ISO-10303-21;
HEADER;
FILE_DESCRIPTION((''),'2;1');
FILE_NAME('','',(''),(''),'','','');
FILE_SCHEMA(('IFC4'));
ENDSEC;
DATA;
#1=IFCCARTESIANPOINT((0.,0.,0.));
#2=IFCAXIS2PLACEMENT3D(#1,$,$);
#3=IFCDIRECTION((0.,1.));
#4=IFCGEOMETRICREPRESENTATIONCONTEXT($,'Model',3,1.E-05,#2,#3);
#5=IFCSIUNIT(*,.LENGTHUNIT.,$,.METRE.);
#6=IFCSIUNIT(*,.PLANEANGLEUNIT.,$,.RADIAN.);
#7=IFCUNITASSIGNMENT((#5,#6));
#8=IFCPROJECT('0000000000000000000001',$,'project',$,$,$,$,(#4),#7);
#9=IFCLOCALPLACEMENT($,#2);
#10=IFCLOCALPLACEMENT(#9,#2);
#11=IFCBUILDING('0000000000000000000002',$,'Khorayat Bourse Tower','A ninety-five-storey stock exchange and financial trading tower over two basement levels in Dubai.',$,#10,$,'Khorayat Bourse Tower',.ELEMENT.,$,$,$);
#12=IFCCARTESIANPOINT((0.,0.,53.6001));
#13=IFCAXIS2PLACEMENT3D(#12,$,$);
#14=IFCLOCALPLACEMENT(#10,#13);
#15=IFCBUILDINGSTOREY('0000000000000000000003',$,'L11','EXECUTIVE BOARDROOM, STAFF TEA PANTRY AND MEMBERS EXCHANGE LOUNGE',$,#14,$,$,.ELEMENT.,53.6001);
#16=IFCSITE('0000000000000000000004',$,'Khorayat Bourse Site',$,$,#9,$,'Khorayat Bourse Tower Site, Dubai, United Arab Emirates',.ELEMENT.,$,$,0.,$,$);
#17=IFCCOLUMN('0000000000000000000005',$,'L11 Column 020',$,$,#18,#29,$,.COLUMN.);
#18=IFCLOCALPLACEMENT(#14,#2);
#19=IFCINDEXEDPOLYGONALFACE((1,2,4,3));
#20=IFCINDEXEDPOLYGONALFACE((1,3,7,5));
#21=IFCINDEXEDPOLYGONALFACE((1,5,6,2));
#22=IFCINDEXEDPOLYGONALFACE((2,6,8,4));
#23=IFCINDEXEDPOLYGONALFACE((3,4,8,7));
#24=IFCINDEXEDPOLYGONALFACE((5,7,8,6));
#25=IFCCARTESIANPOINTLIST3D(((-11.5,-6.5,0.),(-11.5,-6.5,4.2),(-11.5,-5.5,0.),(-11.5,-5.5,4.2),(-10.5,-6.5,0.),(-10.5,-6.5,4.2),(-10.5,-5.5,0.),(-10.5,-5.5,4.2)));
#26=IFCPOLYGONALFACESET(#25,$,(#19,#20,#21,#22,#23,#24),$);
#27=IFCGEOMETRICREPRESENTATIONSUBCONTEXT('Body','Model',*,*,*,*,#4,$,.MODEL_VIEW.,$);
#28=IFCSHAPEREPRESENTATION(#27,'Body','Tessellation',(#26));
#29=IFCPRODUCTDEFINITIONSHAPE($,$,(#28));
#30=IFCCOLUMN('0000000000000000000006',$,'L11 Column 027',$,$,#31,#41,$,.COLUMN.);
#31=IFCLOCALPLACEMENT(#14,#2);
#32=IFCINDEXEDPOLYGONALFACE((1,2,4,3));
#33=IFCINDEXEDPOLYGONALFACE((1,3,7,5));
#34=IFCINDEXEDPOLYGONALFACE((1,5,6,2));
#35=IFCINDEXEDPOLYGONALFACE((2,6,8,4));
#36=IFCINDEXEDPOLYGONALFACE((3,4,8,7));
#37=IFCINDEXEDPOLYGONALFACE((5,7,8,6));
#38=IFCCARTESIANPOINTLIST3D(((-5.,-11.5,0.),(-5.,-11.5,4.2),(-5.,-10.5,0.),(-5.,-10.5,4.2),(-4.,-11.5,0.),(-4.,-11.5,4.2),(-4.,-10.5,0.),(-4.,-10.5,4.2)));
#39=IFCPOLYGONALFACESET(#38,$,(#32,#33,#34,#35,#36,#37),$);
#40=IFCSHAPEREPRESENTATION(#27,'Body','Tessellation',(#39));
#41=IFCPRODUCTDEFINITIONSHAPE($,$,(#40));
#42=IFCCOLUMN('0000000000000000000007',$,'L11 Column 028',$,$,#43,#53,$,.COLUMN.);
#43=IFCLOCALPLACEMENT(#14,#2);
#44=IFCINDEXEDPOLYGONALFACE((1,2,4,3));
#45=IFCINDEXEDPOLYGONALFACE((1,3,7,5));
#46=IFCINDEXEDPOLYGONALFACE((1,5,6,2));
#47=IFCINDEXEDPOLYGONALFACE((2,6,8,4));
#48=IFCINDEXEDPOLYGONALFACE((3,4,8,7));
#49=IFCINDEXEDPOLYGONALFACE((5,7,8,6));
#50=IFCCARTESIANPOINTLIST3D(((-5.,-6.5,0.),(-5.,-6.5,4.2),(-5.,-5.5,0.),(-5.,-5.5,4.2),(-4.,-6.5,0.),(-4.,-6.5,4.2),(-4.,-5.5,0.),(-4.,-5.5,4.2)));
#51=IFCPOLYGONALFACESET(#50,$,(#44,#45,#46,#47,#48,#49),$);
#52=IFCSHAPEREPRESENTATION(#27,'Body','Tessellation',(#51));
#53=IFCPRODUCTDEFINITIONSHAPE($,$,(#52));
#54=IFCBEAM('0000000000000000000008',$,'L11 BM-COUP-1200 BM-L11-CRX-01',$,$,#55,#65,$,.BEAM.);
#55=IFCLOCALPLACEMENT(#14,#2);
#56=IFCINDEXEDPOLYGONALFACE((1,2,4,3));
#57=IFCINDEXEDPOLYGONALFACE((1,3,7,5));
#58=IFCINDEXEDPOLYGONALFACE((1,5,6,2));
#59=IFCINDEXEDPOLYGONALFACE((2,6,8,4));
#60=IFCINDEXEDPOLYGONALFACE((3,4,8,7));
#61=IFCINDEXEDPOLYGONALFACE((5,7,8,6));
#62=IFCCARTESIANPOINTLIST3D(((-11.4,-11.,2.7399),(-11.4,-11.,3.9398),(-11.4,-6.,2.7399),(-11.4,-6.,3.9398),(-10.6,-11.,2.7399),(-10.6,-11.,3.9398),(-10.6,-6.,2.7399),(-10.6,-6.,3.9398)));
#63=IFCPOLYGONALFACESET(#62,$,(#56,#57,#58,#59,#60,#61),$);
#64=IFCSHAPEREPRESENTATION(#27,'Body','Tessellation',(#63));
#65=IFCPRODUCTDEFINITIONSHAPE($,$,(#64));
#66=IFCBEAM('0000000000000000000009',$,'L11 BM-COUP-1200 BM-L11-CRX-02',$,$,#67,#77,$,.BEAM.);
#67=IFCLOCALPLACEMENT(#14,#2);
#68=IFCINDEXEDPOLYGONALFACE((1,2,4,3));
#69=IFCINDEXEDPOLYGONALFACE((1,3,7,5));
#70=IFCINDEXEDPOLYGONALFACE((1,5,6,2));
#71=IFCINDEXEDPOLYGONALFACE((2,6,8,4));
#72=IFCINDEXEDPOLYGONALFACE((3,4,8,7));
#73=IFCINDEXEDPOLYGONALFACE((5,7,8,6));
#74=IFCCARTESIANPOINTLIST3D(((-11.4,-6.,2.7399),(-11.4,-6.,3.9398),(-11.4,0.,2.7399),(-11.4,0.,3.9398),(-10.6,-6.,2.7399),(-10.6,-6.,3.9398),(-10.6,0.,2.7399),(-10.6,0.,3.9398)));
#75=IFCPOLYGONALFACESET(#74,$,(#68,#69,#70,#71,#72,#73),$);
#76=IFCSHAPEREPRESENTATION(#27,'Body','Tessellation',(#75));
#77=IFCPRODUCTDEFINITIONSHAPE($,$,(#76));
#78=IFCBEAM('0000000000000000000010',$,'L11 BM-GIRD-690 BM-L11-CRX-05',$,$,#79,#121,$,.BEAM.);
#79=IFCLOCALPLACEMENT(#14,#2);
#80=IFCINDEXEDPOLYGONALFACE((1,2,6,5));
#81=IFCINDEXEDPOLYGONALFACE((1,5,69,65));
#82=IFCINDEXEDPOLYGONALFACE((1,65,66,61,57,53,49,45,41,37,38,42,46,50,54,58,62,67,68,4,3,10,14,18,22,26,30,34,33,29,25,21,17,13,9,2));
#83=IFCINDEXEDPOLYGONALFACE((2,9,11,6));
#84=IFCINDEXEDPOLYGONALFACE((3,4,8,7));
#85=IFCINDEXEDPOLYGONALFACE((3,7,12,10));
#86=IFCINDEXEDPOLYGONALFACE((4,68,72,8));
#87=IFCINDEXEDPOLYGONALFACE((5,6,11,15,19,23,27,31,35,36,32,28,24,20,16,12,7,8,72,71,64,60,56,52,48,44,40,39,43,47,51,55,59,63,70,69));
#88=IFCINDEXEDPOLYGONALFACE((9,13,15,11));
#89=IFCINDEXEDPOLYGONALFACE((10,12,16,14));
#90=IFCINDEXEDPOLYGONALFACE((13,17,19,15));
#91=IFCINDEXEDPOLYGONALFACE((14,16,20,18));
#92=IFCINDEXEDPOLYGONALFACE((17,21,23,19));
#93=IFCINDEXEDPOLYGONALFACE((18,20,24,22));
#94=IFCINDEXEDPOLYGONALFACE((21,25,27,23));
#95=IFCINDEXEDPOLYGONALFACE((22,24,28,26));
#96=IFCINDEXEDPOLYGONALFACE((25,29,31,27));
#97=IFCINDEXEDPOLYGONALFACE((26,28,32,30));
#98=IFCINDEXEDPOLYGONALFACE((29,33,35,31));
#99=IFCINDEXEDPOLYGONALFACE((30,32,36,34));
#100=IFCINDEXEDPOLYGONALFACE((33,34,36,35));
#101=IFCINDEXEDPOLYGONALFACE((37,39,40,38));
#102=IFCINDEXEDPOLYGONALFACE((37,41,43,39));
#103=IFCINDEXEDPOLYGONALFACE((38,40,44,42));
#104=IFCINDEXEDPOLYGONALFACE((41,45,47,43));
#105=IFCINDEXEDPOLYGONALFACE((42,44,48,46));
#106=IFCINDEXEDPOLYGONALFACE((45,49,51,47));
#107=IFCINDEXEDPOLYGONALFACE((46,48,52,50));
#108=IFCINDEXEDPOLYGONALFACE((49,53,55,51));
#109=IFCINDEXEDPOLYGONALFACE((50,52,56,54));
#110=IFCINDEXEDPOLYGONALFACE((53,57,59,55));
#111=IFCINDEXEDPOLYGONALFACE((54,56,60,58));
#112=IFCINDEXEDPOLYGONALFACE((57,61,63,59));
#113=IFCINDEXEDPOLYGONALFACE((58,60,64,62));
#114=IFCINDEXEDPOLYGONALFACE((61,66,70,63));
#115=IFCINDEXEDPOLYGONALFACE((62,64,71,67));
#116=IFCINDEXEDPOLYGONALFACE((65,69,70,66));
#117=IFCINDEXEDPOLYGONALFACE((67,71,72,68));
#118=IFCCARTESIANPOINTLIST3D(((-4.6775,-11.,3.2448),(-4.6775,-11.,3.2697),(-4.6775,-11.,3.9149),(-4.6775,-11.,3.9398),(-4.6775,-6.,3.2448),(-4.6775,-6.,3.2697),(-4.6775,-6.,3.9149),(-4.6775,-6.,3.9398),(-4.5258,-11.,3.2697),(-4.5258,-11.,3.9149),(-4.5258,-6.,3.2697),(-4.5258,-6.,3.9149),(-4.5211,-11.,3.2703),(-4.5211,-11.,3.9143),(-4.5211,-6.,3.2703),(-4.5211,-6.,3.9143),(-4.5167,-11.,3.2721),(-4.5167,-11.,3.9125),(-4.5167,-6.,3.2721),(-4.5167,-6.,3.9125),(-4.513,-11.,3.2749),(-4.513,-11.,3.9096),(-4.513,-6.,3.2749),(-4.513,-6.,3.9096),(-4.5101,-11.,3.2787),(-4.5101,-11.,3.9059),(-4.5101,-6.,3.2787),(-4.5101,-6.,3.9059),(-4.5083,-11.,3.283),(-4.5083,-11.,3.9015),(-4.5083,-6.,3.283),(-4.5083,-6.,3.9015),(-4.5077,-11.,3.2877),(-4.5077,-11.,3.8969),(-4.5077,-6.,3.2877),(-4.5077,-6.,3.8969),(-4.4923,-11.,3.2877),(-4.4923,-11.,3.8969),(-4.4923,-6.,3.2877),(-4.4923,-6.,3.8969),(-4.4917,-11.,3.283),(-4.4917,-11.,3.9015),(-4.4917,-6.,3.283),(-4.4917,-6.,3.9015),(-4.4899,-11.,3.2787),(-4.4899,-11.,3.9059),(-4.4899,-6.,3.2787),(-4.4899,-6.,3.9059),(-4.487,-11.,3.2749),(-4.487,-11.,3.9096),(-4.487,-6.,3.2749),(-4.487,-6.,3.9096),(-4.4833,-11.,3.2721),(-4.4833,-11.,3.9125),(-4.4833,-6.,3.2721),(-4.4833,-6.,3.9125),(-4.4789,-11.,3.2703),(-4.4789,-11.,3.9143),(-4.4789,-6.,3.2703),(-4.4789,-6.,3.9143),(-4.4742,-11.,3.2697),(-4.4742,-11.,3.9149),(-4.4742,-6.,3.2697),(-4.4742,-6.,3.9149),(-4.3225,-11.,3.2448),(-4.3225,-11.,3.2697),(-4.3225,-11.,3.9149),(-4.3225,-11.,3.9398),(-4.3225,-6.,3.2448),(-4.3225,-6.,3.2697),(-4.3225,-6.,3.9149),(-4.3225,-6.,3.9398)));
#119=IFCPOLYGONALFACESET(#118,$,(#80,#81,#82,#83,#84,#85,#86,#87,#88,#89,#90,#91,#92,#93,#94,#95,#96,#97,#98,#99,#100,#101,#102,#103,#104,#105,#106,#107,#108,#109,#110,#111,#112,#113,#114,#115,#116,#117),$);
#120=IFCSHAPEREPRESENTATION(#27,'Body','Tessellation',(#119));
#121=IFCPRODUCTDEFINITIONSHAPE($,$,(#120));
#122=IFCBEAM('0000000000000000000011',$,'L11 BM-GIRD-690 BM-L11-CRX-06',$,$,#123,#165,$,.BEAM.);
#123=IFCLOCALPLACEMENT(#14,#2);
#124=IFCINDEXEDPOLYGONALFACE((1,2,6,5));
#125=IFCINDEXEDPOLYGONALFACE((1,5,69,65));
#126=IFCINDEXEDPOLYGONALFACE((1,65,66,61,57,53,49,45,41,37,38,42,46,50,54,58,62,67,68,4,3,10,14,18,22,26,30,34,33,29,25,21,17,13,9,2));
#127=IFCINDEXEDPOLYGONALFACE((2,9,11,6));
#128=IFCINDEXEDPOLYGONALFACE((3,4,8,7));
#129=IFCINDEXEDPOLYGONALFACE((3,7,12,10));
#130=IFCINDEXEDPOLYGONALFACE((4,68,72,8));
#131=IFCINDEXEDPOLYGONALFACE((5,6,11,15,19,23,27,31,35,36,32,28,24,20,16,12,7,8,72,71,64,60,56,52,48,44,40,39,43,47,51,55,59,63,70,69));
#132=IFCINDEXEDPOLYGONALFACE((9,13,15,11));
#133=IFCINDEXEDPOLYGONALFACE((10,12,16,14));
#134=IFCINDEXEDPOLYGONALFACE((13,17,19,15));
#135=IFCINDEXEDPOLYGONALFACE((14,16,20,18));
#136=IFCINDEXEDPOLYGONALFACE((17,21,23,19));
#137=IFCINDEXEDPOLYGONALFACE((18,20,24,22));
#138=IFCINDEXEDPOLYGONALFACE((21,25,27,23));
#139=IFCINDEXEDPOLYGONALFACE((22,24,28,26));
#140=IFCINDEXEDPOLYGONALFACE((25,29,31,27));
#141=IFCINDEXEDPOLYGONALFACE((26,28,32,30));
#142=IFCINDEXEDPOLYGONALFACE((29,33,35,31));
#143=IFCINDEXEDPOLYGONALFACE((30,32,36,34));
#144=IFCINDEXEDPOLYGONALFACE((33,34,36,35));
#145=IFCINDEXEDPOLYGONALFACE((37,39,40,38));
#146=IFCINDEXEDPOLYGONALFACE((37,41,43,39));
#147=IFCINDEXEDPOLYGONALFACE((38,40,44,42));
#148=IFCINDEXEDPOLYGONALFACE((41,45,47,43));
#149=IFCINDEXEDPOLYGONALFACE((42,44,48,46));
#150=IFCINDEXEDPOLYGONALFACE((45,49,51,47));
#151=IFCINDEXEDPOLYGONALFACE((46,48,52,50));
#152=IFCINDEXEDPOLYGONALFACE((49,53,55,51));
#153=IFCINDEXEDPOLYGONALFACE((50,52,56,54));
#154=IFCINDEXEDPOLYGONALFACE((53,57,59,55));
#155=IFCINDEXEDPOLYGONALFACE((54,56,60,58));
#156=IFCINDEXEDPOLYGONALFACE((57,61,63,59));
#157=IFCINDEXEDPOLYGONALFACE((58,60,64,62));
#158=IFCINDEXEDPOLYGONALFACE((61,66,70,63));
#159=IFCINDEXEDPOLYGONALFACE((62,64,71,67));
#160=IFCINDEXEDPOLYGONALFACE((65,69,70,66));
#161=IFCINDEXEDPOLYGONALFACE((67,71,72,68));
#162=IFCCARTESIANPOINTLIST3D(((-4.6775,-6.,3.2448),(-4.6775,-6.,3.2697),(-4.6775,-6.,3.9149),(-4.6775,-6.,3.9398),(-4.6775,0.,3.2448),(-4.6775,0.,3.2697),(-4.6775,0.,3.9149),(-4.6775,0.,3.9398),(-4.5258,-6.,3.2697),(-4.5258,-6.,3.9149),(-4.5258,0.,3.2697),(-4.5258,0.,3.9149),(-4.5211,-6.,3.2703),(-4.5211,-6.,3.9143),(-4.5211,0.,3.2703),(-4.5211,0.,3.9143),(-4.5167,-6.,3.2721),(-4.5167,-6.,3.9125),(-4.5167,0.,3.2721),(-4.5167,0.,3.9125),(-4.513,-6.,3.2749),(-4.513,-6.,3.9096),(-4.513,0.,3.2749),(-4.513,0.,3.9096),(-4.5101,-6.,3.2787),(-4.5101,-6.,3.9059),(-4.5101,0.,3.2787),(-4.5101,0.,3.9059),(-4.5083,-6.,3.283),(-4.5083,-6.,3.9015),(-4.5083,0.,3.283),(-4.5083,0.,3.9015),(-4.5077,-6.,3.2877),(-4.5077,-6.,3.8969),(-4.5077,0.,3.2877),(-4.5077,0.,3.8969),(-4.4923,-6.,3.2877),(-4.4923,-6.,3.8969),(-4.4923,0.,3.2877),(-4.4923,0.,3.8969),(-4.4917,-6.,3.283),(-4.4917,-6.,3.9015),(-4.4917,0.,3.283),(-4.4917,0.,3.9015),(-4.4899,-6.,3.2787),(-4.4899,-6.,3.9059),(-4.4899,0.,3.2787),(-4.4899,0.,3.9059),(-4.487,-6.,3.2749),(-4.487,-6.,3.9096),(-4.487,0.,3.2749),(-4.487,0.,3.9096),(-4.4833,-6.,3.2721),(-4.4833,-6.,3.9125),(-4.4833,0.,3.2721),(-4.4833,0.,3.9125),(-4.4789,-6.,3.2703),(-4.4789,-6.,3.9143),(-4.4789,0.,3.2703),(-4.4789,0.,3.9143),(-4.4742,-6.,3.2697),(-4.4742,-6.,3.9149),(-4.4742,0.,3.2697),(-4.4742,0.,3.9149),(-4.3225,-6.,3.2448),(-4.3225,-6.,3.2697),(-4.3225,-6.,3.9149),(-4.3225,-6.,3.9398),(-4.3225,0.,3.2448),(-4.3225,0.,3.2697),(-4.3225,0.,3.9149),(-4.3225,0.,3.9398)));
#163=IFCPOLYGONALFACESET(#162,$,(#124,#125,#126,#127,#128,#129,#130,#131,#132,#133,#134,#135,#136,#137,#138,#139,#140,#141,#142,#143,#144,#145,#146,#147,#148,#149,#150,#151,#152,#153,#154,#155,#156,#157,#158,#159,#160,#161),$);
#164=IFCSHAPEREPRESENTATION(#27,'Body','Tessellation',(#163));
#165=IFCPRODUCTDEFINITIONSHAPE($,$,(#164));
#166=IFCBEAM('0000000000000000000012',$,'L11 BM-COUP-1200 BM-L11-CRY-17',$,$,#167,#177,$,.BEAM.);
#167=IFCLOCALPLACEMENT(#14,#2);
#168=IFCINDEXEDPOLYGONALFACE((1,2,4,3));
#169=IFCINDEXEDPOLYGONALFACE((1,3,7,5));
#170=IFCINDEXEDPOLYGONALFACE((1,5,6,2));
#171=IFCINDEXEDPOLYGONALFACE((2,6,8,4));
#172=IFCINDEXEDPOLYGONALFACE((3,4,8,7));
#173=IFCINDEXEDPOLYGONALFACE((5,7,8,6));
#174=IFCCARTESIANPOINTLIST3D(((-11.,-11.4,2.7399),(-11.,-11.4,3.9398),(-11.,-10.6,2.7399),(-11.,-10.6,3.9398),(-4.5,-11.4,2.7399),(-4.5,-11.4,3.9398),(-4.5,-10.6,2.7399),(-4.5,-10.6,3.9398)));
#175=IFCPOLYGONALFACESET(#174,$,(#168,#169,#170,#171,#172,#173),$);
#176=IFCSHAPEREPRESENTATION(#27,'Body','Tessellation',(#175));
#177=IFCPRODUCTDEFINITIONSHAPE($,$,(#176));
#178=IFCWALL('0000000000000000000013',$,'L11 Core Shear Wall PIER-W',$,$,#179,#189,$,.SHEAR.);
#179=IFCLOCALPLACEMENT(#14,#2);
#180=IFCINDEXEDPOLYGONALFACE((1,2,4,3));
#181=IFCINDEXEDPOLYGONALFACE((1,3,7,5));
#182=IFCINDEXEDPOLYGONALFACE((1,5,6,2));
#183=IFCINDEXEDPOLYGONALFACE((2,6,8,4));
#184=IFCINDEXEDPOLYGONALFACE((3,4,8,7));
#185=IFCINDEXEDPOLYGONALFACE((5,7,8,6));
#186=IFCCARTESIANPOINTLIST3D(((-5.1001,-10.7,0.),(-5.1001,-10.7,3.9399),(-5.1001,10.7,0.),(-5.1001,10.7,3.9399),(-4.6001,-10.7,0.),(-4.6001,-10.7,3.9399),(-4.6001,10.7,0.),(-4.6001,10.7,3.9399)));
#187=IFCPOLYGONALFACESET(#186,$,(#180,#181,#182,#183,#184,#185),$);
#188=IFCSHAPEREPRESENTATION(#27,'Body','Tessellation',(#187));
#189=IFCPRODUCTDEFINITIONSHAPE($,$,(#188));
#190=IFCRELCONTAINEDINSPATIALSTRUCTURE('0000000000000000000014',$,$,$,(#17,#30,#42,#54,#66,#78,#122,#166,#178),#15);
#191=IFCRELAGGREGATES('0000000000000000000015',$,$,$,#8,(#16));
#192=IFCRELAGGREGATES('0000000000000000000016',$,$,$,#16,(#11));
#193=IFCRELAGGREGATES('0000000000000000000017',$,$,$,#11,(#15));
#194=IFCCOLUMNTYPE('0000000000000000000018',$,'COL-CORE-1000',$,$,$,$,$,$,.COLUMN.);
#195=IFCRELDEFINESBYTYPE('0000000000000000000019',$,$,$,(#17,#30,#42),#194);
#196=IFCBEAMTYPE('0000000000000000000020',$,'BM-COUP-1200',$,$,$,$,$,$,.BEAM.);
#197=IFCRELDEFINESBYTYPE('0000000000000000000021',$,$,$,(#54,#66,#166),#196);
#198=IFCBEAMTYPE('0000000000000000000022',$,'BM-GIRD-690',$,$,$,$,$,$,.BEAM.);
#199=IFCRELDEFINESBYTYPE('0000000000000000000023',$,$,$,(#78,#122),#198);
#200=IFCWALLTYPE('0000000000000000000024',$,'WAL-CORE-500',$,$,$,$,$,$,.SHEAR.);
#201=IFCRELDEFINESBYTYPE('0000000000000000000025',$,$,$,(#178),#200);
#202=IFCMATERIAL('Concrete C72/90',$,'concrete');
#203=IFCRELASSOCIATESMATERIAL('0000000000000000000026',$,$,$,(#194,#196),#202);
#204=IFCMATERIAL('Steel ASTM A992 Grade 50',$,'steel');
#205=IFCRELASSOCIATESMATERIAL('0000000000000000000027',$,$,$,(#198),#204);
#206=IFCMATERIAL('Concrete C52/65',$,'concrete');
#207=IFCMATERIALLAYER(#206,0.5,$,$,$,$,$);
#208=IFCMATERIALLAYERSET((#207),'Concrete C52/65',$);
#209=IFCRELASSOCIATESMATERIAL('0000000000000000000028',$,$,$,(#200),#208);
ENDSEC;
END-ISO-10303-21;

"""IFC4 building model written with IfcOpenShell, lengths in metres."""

from ifc_helpers import new_model, si_unit, direction, frame, frame_2d, origin, origin_2d, place, context, subcontext, project, spatial, rectangle, i_section, extrude, source, transform, mapped, material, layer, layer_set, material_profile, profile_set, type_object, element, save


model = new_model("IFC4")

# Units and contexts
model_context = context("Model", 3, precision=1e-05, world=origin(), true_north=direction((0.0, 1.0)))
body_context = subcontext(model_context, "Body", "Model", "MODEL_VIEW")
ifc_project = project(units=[si_unit("LENGTHUNIT", "METRE"), si_unit("PLANEANGLEUNIT", "RADIAN")], contexts=[model_context])

# Site, building, storey
site_placement = place(None, origin())
site = spatial("IfcSite", under=ifc_project, at=site_placement, Name="Khorayat Bourse Site", LongName="Khorayat Bourse Tower Site, Dubai, United Arab Emirates", CompositionType="ELEMENT", RefElevation=0.0)
building_placement = place(site_placement, origin())
building = spatial("IfcBuilding", under=site, at=building_placement, Name="Khorayat Bourse Tower", Description="A ninety-five-storey stock exchange and financial trading tower over two basement levels in Dubai.", LongName="Khorayat Bourse Tower", CompositionType="ELEMENT")
storey_placement = place(building_placement, frame((0.0, 0.0, 53.6001)))
storey = spatial("IfcBuildingStorey", under=building, at=storey_placement, Name="L11", Description="EXECUTIVE BOARDROOM, STAFF TEA PANTRY AND MEMBERS EXCHANGE LOUNGE", CompositionType="ELEMENT", Elevation=53.6001)

# Columns
ifc_material_1 = material(Name="Concrete C72/90", Category="concrete")
ifc_material_profile_1 = material_profile(ifc_material_1, rectangle(XDim=1.0, YDim=1.0, at=origin_2d()), Name="RC 1000x1000")
ifc_profile_set_1 = profile_set([ifc_material_profile_1], Name="Concrete C72/90")
column_type = type_object("IfcColumnType", Name="COL-CORE-1000", PredefinedType="COLUMN", material=ifc_profile_set_1)
shared_shape_1 = source(origin(), body_context, "Body", "SweptSolid", [
    extrude(rectangle(XDim=1.0, YDim=1.0, at=origin_2d()), origin(), (0.0, 0.0, 1.0), 4.2),
])
for number, where, z_axis, x_axis, name in (
    (1, (-11.0, -6.0, 0.0), (0.0, 0.0, 1.0), (1.0, 0.0, 0.0), "L11 Column 020"),
    (2, (-4.5, -11.0, 0.0), (0.0, 0.0, 1.0), (1.0, 0.0, 0.0), "L11 Column 027"),
    (3, (-4.5, -6.0, 0.0), (0.0, 0.0, 1.0), (1.0, 0.0, 0.0), "L11 Column 028"),
):
    element("IfcColumn", number, at=place(storey_placement, frame(where, z_axis=z_axis, x_axis=x_axis)), inside=storey, type_object=column_type, Name=name, PredefinedType="COLUMN", context=body_context, shape_type="MappedRepresentation", body=[
        mapped(shared_shape_1, transform((0.0, 0.0, 0.0), scale=1.0)),
    ])

# Beams
ifc_material_profile_2 = material_profile(ifc_material_1, rectangle(XDim=0.8, YDim=1.2, at=origin_2d()), Name="RC 800x1200")
ifc_profile_set_2 = profile_set([ifc_material_profile_2], Name="Concrete C72/90")
beam_type_1 = type_object("IfcBeamType", Name="BM-COUP-1200", PredefinedType="BEAM", material=ifc_profile_set_2)
shared_shape_2 = source(origin(), body_context, "Body", "SweptSolid", [
    extrude(rectangle(XDim=0.8, YDim=1.2, at=origin_2d()), origin(), (0.0, 0.0, 1.0), 5.0),
])
beam_1_placement = place(storey_placement, frame((-11.0, -11.0, 3.3398), z_axis=(0.0, 1.0, 0.0), x_axis=(-1.0, 0.0, 0.0)))
element("IfcBeam", 4, at=beam_1_placement, inside=storey, type_object=beam_type_1, Name="L11 BM-COUP-1200 BM-L11-CRX-01", PredefinedType="BEAM", context=body_context, shape_type="MappedRepresentation", body=[
    mapped(shared_shape_2, transform((0.0, 0.0, 0.0), scale=1.0)),
])
shared_shape_3 = source(origin(), body_context, "Body", "SweptSolid", [
    extrude(rectangle(XDim=0.8, YDim=1.2, at=origin_2d()), origin(), (0.0, 0.0, 1.0), 6.0),
])
beam_2_placement = place(storey_placement, frame((-11.0, -6.0, 3.3398), z_axis=(0.0, 1.0, 0.0), x_axis=(-1.0, 0.0, 0.0)))
element("IfcBeam", 5, at=beam_2_placement, inside=storey, type_object=beam_type_1, Name="L11 BM-COUP-1200 BM-L11-CRX-02", PredefinedType="BEAM", context=body_context, shape_type="MappedRepresentation", body=[
    mapped(shared_shape_3, transform((0.0, 0.0, 0.0), scale=1.0)),
])
ifc_material_2 = material(Name="Steel ASTM A992 Grade 50", Category="steel")
ifc_material_profile_3 = material_profile(ifc_material_2, i_section(OverallWidth=0.355, OverallDepth=0.6951, WebThickness=0.0154, FlangeThickness=0.0249, FilletRadius=0.0181, at=origin_2d()), Name="W690X217")
ifc_profile_set_3 = profile_set([ifc_material_profile_3], Name="Steel ASTM A992 Grade 50")
beam_type_2 = type_object("IfcBeamType", Name="BM-GIRD-690", PredefinedType="BEAM", material=ifc_profile_set_3)
shared_shape_4 = source(origin(), body_context, "Body", "SweptSolid", [
    extrude(i_section(OverallWidth=0.355, OverallDepth=0.6951, WebThickness=0.0154, FlangeThickness=0.0249, FilletRadius=0.0181, at=origin_2d()), origin(), (0.0, 0.0, 1.0), 5.0),
])
beam_3_placement = place(storey_placement, frame((-4.5, -11.0, 3.5923), z_axis=(0.0, 1.0, 0.0), x_axis=(-1.0, 0.0, 0.0)))
element("IfcBeam", 6, at=beam_3_placement, inside=storey, type_object=beam_type_2, Name="L11 BM-GIRD-690 BM-L11-CRX-05", PredefinedType="BEAM", context=body_context, shape_type="MappedRepresentation", body=[
    mapped(shared_shape_4, transform((0.0, 0.0, 0.0), scale=1.0)),
])
shared_shape_5 = source(origin(), body_context, "Body", "SweptSolid", [
    extrude(i_section(OverallWidth=0.355, OverallDepth=0.6951, WebThickness=0.0154, FlangeThickness=0.0249, FilletRadius=0.0181, at=origin_2d()), origin(), (0.0, 0.0, 1.0), 6.0),
])
beam_4_placement = place(storey_placement, frame((-4.5, -6.0, 3.5923), z_axis=(0.0, 1.0, 0.0), x_axis=(-1.0, 0.0, 0.0)))
element("IfcBeam", 7, at=beam_4_placement, inside=storey, type_object=beam_type_2, Name="L11 BM-GIRD-690 BM-L11-CRX-06", PredefinedType="BEAM", context=body_context, shape_type="MappedRepresentation", body=[
    mapped(shared_shape_5, transform((0.0, 0.0, 0.0), scale=1.0)),
])
shared_shape_6 = source(origin(), body_context, "Body", "SweptSolid", [
    extrude(rectangle(XDim=0.8, YDim=1.2, at=origin_2d()), origin(), (0.0, 0.0, 1.0), 6.5),
])
beam_5_placement = place(storey_placement, frame((-11.0, -11.0, 3.3398), z_axis=(1.0, 0.0, 0.0), x_axis=(0.0, 1.0, 0.0)))
element("IfcBeam", 8, at=beam_5_placement, inside=storey, type_object=beam_type_1, Name="L11 BM-COUP-1200 BM-L11-CRY-17", PredefinedType="BEAM", context=body_context, shape_type="MappedRepresentation", body=[
    mapped(shared_shape_6, transform((0.0, 0.0, 0.0), scale=1.0)),
])

# Wall
ifc_material_3 = material(Name="Concrete C52/65", Category="concrete")
ifc_layer_1 = layer(ifc_material_3, 0.5)
ifc_layer_set_1 = layer_set([ifc_layer_1], Name="Concrete C52/65")
wall_type_1 = type_object("IfcWallType", Name="WAL-CORE-500", PredefinedType="SHEAR", material=ifc_layer_set_1)
shared_shape_7 = source(origin(), body_context, "Body", "SweptSolid", [
    extrude(rectangle(XDim=21.3999, YDim=0.5, at=frame_2d((10.7, 0.0))), origin(), (0.0, 0.0, 1.0), 3.9399),
])
wall_1_placement = place(storey_placement, frame((-4.8501, -10.7, 0.0), z_axis=(0.0, 0.0, 1.0), x_axis=(0.0, 1.0, 0.0)))
element("IfcWall", 9, at=wall_1_placement, inside=storey, type_object=wall_type_1, Name="L11 Core Shear Wall PIER-W", PredefinedType="SHEAR", context=body_context, shape_type="MappedRepresentation", body=[
    mapped(shared_shape_7, transform((0.0, 0.0, 0.0), scale=1.0)),
])

save(model, "model.ifc")
